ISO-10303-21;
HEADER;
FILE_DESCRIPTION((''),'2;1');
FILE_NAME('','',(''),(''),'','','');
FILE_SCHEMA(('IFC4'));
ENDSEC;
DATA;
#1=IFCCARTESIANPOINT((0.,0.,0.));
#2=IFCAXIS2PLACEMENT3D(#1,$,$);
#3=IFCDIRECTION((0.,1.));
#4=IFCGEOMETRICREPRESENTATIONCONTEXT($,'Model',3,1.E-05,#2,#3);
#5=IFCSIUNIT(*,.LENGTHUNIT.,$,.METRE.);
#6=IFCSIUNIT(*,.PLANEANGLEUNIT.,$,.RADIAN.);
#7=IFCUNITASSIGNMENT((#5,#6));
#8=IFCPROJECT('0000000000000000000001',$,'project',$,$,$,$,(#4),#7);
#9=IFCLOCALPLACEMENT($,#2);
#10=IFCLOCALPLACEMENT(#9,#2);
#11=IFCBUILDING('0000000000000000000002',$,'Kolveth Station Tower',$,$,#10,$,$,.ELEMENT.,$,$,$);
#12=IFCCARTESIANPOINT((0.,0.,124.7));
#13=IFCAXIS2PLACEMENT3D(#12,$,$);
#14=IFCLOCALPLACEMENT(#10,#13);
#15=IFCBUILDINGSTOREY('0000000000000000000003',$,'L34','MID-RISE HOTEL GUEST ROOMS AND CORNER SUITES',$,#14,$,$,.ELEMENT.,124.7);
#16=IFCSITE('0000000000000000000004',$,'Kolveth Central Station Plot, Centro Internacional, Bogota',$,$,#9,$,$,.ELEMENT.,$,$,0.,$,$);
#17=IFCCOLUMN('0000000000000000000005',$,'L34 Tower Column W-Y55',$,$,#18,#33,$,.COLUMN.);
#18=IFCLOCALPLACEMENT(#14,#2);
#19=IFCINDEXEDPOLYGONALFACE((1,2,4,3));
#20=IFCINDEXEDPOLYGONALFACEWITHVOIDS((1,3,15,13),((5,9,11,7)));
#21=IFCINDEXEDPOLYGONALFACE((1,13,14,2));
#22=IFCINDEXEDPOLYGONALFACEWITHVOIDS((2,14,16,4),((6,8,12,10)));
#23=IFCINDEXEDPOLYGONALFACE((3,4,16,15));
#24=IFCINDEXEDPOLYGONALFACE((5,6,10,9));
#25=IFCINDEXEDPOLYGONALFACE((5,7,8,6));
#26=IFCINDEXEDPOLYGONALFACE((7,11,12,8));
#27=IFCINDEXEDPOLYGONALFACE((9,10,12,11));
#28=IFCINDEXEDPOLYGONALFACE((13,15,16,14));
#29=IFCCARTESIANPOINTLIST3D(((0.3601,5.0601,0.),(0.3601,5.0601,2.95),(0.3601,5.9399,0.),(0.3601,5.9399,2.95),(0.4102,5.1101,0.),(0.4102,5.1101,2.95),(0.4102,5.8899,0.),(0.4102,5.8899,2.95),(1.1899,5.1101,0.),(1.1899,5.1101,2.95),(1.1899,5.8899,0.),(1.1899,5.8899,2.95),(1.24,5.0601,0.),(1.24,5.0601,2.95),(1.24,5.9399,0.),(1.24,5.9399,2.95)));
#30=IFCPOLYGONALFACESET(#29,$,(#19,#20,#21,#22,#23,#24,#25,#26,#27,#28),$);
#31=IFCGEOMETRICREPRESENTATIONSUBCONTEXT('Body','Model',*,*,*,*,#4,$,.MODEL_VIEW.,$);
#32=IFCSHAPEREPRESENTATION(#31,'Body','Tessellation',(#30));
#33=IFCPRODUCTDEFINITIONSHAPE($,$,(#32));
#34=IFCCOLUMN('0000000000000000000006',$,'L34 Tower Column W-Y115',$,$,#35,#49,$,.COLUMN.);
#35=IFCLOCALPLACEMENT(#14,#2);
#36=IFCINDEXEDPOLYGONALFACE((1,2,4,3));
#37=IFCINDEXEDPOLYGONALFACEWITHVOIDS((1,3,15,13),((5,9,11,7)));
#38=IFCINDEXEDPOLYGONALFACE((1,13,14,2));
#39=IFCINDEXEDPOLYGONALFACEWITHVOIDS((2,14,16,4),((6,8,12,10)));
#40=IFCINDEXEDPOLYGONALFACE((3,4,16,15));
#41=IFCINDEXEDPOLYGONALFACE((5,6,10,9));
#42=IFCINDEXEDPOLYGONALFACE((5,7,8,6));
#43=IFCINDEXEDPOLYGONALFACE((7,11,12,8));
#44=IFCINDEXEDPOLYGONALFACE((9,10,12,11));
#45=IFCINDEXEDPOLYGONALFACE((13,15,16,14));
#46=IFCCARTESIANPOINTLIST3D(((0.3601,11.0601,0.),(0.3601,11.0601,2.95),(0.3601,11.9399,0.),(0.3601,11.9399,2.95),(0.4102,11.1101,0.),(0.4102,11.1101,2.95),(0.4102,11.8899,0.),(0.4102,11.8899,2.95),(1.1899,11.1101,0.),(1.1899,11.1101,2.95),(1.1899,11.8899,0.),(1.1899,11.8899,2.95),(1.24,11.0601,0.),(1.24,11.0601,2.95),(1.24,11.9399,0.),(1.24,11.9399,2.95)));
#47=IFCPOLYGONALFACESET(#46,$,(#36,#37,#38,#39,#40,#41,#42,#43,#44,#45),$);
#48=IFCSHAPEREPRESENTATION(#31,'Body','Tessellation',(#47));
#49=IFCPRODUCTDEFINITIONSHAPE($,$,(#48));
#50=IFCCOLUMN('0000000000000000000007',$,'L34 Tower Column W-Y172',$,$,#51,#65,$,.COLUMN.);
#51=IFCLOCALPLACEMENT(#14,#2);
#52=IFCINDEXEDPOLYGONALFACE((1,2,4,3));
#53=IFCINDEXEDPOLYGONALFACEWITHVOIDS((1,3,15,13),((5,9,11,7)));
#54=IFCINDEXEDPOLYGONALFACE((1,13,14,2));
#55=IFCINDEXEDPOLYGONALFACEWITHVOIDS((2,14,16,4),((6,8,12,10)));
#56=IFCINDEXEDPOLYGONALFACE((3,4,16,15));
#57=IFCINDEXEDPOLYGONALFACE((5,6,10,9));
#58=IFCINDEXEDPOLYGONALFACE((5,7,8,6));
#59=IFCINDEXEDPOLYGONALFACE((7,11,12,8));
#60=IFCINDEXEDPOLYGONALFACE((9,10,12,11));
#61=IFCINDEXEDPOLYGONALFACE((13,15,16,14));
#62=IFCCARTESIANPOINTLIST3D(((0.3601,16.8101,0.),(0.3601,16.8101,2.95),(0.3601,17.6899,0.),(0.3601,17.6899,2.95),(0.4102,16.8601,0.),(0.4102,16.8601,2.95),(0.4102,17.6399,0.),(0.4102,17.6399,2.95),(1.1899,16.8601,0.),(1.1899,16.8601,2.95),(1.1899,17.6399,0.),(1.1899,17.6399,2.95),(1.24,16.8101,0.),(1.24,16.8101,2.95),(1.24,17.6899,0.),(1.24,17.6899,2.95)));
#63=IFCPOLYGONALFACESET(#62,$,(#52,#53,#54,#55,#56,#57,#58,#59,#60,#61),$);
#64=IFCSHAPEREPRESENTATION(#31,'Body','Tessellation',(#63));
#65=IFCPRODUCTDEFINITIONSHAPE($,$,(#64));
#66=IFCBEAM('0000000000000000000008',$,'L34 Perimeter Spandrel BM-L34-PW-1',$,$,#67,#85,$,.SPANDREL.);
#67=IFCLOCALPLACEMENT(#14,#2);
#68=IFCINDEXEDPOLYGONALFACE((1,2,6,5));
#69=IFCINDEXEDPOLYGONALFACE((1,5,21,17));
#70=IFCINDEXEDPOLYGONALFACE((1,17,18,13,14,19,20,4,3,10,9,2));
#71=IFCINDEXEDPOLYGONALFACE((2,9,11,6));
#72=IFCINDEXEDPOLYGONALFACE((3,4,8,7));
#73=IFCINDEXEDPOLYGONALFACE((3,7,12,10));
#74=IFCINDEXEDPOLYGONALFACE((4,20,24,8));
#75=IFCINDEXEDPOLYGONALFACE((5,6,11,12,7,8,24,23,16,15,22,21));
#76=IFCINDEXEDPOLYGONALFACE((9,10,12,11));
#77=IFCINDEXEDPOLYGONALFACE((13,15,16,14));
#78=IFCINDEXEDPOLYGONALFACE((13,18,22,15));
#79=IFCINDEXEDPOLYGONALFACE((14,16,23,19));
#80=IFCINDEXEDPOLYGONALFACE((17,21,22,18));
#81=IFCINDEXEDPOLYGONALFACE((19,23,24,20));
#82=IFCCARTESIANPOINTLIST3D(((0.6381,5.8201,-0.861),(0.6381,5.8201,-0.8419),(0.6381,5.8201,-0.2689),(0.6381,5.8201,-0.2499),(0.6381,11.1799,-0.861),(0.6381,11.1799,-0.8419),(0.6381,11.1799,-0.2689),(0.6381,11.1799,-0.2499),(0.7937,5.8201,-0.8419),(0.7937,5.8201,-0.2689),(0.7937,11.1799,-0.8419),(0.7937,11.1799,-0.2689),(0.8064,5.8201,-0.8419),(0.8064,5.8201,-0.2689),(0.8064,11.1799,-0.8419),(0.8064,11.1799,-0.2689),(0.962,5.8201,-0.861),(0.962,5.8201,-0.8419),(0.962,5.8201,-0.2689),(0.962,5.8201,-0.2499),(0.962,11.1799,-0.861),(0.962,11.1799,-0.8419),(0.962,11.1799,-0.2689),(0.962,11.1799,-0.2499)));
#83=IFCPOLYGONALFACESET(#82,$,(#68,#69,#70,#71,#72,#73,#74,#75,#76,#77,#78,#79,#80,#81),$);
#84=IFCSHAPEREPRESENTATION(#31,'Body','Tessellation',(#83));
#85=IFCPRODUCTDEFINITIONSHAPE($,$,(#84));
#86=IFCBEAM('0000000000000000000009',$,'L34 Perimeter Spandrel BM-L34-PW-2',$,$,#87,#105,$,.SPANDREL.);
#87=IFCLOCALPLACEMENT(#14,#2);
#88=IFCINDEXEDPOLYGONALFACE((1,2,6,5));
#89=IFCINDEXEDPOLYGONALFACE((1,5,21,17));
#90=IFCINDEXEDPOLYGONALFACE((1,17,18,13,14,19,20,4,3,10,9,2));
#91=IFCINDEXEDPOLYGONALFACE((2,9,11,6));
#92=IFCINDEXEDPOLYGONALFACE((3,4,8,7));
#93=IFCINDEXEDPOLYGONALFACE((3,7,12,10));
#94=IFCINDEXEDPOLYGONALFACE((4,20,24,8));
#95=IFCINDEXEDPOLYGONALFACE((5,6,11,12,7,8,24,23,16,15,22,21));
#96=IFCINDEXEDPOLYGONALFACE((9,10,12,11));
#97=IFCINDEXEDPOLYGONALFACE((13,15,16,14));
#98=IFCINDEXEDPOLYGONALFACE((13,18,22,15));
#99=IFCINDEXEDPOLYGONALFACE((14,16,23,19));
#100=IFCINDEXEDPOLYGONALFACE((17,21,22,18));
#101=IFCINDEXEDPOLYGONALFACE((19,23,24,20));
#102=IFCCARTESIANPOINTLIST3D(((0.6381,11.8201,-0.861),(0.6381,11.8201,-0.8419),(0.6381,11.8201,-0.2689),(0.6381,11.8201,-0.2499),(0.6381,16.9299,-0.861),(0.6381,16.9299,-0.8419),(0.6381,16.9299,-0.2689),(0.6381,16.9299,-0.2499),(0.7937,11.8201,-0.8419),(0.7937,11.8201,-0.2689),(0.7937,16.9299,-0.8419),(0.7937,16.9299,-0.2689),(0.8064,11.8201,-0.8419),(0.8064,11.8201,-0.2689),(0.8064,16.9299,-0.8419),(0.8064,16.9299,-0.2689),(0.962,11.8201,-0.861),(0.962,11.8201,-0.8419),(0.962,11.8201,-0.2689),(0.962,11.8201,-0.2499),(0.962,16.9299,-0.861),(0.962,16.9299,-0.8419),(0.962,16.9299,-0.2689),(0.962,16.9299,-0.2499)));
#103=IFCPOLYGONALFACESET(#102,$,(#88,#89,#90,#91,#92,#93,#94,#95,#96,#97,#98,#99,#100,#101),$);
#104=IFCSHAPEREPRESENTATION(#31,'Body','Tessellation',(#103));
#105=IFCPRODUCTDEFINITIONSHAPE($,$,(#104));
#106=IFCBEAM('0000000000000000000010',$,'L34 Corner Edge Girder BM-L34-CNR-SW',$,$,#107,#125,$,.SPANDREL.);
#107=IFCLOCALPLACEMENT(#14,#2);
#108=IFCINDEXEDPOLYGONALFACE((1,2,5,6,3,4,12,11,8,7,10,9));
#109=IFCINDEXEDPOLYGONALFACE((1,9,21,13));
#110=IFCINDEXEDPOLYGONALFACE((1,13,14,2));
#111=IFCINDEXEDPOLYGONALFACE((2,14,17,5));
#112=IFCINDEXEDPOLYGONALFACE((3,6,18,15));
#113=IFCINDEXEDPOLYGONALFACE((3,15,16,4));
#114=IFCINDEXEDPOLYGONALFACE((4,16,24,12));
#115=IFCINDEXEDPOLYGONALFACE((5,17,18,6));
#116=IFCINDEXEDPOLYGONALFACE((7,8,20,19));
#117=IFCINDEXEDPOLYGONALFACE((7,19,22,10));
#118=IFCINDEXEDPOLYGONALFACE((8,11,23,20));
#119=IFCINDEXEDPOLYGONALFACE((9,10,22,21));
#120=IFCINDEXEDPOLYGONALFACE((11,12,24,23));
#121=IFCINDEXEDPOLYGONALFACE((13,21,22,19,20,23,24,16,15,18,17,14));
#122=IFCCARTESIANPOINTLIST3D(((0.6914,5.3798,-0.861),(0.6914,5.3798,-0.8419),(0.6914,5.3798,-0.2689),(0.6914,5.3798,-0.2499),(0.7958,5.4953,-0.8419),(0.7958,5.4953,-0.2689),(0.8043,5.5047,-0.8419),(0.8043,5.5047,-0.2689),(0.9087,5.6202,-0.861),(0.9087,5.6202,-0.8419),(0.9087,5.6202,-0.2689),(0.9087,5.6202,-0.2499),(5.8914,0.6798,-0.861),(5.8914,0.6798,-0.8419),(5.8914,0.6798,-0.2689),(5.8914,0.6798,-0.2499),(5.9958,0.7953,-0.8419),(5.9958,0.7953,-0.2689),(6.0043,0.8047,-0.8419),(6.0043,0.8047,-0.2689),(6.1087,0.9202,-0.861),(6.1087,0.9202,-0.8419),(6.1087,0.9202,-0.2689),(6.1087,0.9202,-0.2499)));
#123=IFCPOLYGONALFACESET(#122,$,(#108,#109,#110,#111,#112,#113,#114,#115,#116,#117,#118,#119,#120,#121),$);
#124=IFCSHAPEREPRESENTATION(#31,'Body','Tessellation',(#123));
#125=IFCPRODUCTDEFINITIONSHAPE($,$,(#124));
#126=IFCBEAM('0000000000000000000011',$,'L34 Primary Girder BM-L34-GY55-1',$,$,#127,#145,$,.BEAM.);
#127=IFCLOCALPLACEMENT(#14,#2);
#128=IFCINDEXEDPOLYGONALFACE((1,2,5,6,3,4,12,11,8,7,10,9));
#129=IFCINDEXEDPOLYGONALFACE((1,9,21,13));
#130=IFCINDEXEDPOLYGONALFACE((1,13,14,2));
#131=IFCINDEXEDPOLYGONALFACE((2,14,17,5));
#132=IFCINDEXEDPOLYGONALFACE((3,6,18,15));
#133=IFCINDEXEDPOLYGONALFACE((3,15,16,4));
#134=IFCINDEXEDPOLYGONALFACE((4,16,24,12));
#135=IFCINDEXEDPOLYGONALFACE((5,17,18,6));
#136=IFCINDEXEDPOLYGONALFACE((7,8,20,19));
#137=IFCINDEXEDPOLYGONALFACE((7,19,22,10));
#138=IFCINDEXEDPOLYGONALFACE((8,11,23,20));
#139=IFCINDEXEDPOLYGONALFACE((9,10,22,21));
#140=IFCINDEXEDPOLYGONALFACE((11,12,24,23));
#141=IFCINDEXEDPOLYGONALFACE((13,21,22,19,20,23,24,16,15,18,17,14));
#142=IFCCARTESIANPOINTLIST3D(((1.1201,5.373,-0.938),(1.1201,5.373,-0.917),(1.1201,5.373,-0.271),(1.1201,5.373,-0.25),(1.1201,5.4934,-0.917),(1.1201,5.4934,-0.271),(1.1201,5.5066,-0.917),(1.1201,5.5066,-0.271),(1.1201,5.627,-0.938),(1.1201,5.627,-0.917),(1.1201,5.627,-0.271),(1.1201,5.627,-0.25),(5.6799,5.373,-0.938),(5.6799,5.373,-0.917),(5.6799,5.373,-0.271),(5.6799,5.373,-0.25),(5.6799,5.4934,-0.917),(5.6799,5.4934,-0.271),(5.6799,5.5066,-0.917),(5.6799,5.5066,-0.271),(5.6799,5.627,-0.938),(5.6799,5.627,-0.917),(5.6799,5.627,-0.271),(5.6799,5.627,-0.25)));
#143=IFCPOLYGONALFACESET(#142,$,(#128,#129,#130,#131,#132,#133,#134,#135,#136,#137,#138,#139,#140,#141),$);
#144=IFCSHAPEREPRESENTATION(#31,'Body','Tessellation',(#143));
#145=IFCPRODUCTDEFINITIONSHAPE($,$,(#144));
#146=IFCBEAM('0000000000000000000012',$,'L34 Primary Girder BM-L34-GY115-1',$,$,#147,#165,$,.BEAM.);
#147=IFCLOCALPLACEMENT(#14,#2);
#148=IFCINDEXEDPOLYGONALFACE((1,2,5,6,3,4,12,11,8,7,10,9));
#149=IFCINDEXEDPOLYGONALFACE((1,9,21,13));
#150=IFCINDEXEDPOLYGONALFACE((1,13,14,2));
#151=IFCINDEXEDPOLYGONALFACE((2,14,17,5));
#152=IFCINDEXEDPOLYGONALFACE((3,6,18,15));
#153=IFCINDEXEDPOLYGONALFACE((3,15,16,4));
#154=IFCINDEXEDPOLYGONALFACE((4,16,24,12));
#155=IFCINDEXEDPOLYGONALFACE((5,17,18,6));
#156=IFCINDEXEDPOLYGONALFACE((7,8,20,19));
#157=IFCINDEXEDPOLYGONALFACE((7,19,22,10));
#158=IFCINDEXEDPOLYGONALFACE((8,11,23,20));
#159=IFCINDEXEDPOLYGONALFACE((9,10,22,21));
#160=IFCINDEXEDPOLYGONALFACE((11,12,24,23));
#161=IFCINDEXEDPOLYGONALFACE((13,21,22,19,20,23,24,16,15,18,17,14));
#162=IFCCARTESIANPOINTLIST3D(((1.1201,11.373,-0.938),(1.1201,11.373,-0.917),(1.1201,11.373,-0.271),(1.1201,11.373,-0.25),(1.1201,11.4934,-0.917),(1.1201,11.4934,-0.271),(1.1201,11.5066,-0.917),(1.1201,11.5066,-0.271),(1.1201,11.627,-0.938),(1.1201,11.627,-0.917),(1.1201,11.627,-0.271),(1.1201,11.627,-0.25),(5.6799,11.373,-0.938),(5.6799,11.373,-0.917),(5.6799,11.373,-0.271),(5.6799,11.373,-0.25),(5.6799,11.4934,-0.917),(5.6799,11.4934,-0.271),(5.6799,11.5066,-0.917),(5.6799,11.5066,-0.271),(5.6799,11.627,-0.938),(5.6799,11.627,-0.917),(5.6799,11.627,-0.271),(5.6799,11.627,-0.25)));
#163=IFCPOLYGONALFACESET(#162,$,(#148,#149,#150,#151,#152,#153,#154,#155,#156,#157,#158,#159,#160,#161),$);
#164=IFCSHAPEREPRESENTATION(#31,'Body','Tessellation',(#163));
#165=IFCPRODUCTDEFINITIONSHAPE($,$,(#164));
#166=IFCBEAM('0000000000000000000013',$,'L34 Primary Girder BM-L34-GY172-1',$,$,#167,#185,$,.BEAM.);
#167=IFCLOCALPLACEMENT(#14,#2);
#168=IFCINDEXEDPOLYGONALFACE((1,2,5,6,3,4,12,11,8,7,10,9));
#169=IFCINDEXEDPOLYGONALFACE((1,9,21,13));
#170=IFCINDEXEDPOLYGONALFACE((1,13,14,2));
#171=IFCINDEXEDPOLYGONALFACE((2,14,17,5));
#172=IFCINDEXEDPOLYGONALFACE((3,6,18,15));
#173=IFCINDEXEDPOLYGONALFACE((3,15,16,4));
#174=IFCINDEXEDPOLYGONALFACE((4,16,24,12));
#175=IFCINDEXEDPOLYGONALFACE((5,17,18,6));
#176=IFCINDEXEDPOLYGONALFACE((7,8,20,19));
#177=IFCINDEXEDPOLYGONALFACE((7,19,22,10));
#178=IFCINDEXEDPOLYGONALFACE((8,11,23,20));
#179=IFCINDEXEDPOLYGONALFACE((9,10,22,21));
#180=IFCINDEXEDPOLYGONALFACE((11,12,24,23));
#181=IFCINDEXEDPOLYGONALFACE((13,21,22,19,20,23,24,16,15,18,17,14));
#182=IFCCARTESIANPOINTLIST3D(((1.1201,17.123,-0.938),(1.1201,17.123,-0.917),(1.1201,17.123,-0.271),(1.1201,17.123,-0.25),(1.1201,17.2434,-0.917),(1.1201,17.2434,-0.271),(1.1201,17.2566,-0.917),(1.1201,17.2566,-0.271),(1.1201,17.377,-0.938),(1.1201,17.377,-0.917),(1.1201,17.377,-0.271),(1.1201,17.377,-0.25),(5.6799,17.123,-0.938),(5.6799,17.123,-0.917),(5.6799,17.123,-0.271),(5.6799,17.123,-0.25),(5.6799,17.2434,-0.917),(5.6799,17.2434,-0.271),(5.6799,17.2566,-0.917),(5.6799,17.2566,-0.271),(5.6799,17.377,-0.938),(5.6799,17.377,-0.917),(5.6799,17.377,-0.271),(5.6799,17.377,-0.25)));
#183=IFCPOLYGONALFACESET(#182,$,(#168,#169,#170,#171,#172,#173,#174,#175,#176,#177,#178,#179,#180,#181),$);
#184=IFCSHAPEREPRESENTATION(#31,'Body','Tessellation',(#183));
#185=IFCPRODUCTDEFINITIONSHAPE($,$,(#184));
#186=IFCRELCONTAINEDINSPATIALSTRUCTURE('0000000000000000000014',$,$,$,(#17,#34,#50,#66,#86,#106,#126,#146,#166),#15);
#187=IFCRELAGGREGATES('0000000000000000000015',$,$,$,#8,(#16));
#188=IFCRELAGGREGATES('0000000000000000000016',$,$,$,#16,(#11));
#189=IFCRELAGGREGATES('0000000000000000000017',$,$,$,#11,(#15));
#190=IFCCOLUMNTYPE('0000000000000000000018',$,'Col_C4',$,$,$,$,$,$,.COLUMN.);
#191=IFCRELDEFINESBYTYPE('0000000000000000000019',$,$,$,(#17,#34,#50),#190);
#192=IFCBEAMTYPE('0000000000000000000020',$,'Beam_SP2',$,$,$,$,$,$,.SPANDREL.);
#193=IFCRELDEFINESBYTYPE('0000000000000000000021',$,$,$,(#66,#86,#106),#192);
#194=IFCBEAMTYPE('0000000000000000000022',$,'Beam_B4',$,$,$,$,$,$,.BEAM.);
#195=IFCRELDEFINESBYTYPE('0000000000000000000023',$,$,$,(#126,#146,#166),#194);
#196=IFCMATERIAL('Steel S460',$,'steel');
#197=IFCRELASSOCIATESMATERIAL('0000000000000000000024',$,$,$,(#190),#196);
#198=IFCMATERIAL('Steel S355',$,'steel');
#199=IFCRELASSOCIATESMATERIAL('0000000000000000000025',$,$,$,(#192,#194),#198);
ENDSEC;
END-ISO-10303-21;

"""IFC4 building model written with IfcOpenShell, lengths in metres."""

from ifc_helpers import new_model, si_unit, direction, frame, origin, origin_2d, place, context, subcontext, project, spatial, hollow_rectangle, i_section, extrude, source, transform, mapped, material, material_profile, profile_set, type_object, element, save


model = new_model("IFC4")

# Units and contexts
model_context = context("Model", 3, precision=1e-05, world=origin(), true_north=direction((0.0, 1.0)))
body_context = subcontext(model_context, "Body", "Model", "MODEL_VIEW")
ifc_project = project(units=[si_unit("LENGTHUNIT", "METRE"), si_unit("PLANEANGLEUNIT", "RADIAN")], contexts=[model_context])

# Site, building, storey
site_placement = place(None, origin())
site = spatial("IfcSite", under=ifc_project, at=site_placement, Name="Kolveth Central Station Plot, Centro Internacional, Bogota", CompositionType="ELEMENT", RefElevation=0.0)
building_placement = place(site_placement, origin())
building = spatial("IfcBuilding", under=site, at=building_placement, Name="Kolveth Station Tower", CompositionType="ELEMENT")
storey_placement = place(building_placement, frame((0.0, 0.0, 124.7)))
storey = spatial("IfcBuildingStorey", under=building, at=storey_placement, Name="L34", Description="MID-RISE HOTEL GUEST ROOMS AND CORNER SUITES", CompositionType="ELEMENT", Elevation=124.7)

# Columns
ifc_material_1 = material(Name="Steel S460", Category="steel")
ifc_material_profile_1 = material_profile(ifc_material_1, hollow_rectangle(XDim=0.8799, YDim=0.8799, WallThickness=0.05, at=origin_2d()), Name="BOX880x880x50")
ifc_profile_set_1 = profile_set([ifc_material_profile_1], Name="Steel S460")
column_type = type_object("IfcColumnType", Name="Col_C4", PredefinedType="COLUMN", material=ifc_profile_set_1)
shared_shape_1 = source(origin(), body_context, "Body", "SweptSolid", [
    extrude(hollow_rectangle(XDim=0.8799, YDim=0.8799, WallThickness=0.05, at=origin_2d()), origin(), (0.0, 0.0, 1.0), 2.95),
])
for number, where, z_axis, x_axis, name in (
    (1, (0.8, 5.5, 0.0), (0.0, 0.0, 1.0), (1.0, 0.0, 0.0), "L34 Tower Column W-Y55"),
    (2, (0.8, 11.5, 0.0), (0.0, 0.0, 1.0), (1.0, 0.0, 0.0), "L34 Tower Column W-Y115"),
    (3, (0.8, 17.25, 0.0), (0.0, 0.0, 1.0), (1.0, 0.0, 0.0), "L34 Tower Column W-Y172"),
):
    element("IfcColumn", number, at=place(storey_placement, frame(where, z_axis=z_axis, x_axis=x_axis)), inside=storey, type_object=column_type, Name=name, PredefinedType="COLUMN", context=body_context, shape_type="MappedRepresentation", body=[
        mapped(shared_shape_1, transform((0.0, 0.0, 0.0), x_axis=(1.0, 0.0, 0.0), y_axis=(0.0, 1.0, 0.0), z_axis=(0.0, 0.0, 1.0), scale=1.0)),
    ])

# Beams
ifc_material_2 = material(Name="Steel S355", Category="steel")
ifc_material_profile_2 = material_profile(ifc_material_2, i_section(OverallWidth=0.324, OverallDepth=0.6111, WebThickness=0.0127, FlangeThickness=0.019, at=origin_2d()), Name="W610x155")
ifc_profile_set_2 = profile_set([ifc_material_profile_2], Name="Steel S355")
beam_type_1 = type_object("IfcBeamType", Name="Beam_SP2", PredefinedType="SPANDREL", material=ifc_profile_set_2)
shared_shape_2 = source(origin(), body_context, "Body", "SweptSolid", [
    extrude(i_section(OverallWidth=0.324, OverallDepth=0.6111, WebThickness=0.0127, FlangeThickness=0.019, at=origin_2d()), origin(), (0.0, 0.0, 1.0), 5.3599),
])
beam_1_placement = place(storey_placement, frame((0.8, 5.8201, -0.5554), z_axis=(0.0, 1.0, 0.0), x_axis=(-1.0, 0.0, 0.0)))
element("IfcBeam", 4, at=beam_1_placement, inside=storey, type_object=beam_type_1, Name="L34 Perimeter Spandrel BM-L34-PW-1", PredefinedType="SPANDREL", context=body_context, shape_type="MappedRepresentation", body=[
    mapped(shared_shape_2, transform((0.0, 0.0, 0.0), x_axis=(1.0, 0.0, 0.0), y_axis=(0.0, 1.0, 0.0), z_axis=(0.0, 0.0, 1.0), scale=1.0)),
])
shared_shape_3 = source(origin(), body_context, "Body", "SweptSolid", [
    extrude(i_section(OverallWidth=0.324, OverallDepth=0.6111, WebThickness=0.0127, FlangeThickness=0.019, at=origin_2d()), origin(), (0.0, 0.0, 1.0), 5.1099),
])
beam_2_placement = place(storey_placement, frame((0.8, 11.8201, -0.5554), z_axis=(0.0, 1.0, 0.0), x_axis=(-1.0, 0.0, 0.0)))
element("IfcBeam", 5, at=beam_2_placement, inside=storey, type_object=beam_type_1, Name="L34 Perimeter Spandrel BM-L34-PW-2", PredefinedType="SPANDREL", context=body_context, shape_type="MappedRepresentation", body=[
    mapped(shared_shape_3, transform((0.0, 0.0, 0.0), x_axis=(1.0, 0.0, 0.0), y_axis=(0.0, 1.0, 0.0), z_axis=(0.0, 0.0, 1.0), scale=1.0)),
])
shared_shape_4 = source(origin(), body_context, "Body", "SweptSolid", [
    extrude(i_section(OverallWidth=0.324, OverallDepth=0.6111, WebThickness=0.0127, FlangeThickness=0.019, at=origin_2d()), origin(), (0.0, 0.0, 1.0), 7.0093),
])
beam_3_placement = place(storey_placement, frame((0.8, 5.5, -0.5554), z_axis=(0.741874, -0.670539, 0.0), x_axis=(0.670539, 0.741874, 0.0)))
element("IfcBeam", 6, at=beam_3_placement, inside=storey, type_object=beam_type_1, Name="L34 Corner Edge Girder BM-L34-CNR-SW", PredefinedType="SPANDREL", context=body_context, shape_type="MappedRepresentation", body=[
    mapped(shared_shape_4, transform((0.0, 0.0, 0.0), x_axis=(1.0, 0.0, 0.0), y_axis=(0.0, 1.0, 0.0), z_axis=(0.0, 0.0, 1.0), scale=1.0)),
])
ifc_material_profile_3 = material_profile(ifc_material_2, i_section(OverallWidth=0.2539, OverallDepth=0.688, WebThickness=0.0132, FlangeThickness=0.021, at=origin_2d()), Name="W690x152")
ifc_profile_set_3 = profile_set([ifc_material_profile_3], Name="Steel S355")
beam_type_2 = type_object("IfcBeamType", Name="Beam_B4", PredefinedType="BEAM", material=ifc_profile_set_3)
shared_shape_5 = source(origin(), body_context, "Body", "SweptSolid", [
    extrude(i_section(OverallWidth=0.2539, OverallDepth=0.688, WebThickness=0.0132, FlangeThickness=0.021, at=origin_2d()), origin(), (0.0, 0.0, 1.0), 4.5598),
])
for number, where, z_axis, x_axis, name in (
    (7, (1.1201, 5.5, -0.594), (1.0, 0.0, 0.0), (0.0, 1.0, 0.0), "L34 Primary Girder BM-L34-GY55-1"),
    (8, (1.1201, 11.5, -0.594), (1.0, 0.0, 0.0), (0.0, 1.0, 0.0), "L34 Primary Girder BM-L34-GY115-1"),
    (9, (1.1201, 17.25, -0.594), (1.0, 0.0, 0.0), (0.0, 1.0, 0.0), "L34 Primary Girder BM-L34-GY172-1"),
):
    element("IfcBeam", number, at=place(storey_placement, frame(where, z_axis=z_axis, x_axis=x_axis)), inside=storey, type_object=beam_type_2, Name=name, PredefinedType="BEAM", context=body_context, shape_type="MappedRepresentation", body=[
        mapped(shared_shape_5, transform((0.0, 0.0, 0.0), x_axis=(1.0, 0.0, 0.0), y_axis=(0.0, 1.0, 0.0), z_axis=(0.0, 0.0, 1.0), scale=1.0)),
    ])

save(model, "model.ifc")
